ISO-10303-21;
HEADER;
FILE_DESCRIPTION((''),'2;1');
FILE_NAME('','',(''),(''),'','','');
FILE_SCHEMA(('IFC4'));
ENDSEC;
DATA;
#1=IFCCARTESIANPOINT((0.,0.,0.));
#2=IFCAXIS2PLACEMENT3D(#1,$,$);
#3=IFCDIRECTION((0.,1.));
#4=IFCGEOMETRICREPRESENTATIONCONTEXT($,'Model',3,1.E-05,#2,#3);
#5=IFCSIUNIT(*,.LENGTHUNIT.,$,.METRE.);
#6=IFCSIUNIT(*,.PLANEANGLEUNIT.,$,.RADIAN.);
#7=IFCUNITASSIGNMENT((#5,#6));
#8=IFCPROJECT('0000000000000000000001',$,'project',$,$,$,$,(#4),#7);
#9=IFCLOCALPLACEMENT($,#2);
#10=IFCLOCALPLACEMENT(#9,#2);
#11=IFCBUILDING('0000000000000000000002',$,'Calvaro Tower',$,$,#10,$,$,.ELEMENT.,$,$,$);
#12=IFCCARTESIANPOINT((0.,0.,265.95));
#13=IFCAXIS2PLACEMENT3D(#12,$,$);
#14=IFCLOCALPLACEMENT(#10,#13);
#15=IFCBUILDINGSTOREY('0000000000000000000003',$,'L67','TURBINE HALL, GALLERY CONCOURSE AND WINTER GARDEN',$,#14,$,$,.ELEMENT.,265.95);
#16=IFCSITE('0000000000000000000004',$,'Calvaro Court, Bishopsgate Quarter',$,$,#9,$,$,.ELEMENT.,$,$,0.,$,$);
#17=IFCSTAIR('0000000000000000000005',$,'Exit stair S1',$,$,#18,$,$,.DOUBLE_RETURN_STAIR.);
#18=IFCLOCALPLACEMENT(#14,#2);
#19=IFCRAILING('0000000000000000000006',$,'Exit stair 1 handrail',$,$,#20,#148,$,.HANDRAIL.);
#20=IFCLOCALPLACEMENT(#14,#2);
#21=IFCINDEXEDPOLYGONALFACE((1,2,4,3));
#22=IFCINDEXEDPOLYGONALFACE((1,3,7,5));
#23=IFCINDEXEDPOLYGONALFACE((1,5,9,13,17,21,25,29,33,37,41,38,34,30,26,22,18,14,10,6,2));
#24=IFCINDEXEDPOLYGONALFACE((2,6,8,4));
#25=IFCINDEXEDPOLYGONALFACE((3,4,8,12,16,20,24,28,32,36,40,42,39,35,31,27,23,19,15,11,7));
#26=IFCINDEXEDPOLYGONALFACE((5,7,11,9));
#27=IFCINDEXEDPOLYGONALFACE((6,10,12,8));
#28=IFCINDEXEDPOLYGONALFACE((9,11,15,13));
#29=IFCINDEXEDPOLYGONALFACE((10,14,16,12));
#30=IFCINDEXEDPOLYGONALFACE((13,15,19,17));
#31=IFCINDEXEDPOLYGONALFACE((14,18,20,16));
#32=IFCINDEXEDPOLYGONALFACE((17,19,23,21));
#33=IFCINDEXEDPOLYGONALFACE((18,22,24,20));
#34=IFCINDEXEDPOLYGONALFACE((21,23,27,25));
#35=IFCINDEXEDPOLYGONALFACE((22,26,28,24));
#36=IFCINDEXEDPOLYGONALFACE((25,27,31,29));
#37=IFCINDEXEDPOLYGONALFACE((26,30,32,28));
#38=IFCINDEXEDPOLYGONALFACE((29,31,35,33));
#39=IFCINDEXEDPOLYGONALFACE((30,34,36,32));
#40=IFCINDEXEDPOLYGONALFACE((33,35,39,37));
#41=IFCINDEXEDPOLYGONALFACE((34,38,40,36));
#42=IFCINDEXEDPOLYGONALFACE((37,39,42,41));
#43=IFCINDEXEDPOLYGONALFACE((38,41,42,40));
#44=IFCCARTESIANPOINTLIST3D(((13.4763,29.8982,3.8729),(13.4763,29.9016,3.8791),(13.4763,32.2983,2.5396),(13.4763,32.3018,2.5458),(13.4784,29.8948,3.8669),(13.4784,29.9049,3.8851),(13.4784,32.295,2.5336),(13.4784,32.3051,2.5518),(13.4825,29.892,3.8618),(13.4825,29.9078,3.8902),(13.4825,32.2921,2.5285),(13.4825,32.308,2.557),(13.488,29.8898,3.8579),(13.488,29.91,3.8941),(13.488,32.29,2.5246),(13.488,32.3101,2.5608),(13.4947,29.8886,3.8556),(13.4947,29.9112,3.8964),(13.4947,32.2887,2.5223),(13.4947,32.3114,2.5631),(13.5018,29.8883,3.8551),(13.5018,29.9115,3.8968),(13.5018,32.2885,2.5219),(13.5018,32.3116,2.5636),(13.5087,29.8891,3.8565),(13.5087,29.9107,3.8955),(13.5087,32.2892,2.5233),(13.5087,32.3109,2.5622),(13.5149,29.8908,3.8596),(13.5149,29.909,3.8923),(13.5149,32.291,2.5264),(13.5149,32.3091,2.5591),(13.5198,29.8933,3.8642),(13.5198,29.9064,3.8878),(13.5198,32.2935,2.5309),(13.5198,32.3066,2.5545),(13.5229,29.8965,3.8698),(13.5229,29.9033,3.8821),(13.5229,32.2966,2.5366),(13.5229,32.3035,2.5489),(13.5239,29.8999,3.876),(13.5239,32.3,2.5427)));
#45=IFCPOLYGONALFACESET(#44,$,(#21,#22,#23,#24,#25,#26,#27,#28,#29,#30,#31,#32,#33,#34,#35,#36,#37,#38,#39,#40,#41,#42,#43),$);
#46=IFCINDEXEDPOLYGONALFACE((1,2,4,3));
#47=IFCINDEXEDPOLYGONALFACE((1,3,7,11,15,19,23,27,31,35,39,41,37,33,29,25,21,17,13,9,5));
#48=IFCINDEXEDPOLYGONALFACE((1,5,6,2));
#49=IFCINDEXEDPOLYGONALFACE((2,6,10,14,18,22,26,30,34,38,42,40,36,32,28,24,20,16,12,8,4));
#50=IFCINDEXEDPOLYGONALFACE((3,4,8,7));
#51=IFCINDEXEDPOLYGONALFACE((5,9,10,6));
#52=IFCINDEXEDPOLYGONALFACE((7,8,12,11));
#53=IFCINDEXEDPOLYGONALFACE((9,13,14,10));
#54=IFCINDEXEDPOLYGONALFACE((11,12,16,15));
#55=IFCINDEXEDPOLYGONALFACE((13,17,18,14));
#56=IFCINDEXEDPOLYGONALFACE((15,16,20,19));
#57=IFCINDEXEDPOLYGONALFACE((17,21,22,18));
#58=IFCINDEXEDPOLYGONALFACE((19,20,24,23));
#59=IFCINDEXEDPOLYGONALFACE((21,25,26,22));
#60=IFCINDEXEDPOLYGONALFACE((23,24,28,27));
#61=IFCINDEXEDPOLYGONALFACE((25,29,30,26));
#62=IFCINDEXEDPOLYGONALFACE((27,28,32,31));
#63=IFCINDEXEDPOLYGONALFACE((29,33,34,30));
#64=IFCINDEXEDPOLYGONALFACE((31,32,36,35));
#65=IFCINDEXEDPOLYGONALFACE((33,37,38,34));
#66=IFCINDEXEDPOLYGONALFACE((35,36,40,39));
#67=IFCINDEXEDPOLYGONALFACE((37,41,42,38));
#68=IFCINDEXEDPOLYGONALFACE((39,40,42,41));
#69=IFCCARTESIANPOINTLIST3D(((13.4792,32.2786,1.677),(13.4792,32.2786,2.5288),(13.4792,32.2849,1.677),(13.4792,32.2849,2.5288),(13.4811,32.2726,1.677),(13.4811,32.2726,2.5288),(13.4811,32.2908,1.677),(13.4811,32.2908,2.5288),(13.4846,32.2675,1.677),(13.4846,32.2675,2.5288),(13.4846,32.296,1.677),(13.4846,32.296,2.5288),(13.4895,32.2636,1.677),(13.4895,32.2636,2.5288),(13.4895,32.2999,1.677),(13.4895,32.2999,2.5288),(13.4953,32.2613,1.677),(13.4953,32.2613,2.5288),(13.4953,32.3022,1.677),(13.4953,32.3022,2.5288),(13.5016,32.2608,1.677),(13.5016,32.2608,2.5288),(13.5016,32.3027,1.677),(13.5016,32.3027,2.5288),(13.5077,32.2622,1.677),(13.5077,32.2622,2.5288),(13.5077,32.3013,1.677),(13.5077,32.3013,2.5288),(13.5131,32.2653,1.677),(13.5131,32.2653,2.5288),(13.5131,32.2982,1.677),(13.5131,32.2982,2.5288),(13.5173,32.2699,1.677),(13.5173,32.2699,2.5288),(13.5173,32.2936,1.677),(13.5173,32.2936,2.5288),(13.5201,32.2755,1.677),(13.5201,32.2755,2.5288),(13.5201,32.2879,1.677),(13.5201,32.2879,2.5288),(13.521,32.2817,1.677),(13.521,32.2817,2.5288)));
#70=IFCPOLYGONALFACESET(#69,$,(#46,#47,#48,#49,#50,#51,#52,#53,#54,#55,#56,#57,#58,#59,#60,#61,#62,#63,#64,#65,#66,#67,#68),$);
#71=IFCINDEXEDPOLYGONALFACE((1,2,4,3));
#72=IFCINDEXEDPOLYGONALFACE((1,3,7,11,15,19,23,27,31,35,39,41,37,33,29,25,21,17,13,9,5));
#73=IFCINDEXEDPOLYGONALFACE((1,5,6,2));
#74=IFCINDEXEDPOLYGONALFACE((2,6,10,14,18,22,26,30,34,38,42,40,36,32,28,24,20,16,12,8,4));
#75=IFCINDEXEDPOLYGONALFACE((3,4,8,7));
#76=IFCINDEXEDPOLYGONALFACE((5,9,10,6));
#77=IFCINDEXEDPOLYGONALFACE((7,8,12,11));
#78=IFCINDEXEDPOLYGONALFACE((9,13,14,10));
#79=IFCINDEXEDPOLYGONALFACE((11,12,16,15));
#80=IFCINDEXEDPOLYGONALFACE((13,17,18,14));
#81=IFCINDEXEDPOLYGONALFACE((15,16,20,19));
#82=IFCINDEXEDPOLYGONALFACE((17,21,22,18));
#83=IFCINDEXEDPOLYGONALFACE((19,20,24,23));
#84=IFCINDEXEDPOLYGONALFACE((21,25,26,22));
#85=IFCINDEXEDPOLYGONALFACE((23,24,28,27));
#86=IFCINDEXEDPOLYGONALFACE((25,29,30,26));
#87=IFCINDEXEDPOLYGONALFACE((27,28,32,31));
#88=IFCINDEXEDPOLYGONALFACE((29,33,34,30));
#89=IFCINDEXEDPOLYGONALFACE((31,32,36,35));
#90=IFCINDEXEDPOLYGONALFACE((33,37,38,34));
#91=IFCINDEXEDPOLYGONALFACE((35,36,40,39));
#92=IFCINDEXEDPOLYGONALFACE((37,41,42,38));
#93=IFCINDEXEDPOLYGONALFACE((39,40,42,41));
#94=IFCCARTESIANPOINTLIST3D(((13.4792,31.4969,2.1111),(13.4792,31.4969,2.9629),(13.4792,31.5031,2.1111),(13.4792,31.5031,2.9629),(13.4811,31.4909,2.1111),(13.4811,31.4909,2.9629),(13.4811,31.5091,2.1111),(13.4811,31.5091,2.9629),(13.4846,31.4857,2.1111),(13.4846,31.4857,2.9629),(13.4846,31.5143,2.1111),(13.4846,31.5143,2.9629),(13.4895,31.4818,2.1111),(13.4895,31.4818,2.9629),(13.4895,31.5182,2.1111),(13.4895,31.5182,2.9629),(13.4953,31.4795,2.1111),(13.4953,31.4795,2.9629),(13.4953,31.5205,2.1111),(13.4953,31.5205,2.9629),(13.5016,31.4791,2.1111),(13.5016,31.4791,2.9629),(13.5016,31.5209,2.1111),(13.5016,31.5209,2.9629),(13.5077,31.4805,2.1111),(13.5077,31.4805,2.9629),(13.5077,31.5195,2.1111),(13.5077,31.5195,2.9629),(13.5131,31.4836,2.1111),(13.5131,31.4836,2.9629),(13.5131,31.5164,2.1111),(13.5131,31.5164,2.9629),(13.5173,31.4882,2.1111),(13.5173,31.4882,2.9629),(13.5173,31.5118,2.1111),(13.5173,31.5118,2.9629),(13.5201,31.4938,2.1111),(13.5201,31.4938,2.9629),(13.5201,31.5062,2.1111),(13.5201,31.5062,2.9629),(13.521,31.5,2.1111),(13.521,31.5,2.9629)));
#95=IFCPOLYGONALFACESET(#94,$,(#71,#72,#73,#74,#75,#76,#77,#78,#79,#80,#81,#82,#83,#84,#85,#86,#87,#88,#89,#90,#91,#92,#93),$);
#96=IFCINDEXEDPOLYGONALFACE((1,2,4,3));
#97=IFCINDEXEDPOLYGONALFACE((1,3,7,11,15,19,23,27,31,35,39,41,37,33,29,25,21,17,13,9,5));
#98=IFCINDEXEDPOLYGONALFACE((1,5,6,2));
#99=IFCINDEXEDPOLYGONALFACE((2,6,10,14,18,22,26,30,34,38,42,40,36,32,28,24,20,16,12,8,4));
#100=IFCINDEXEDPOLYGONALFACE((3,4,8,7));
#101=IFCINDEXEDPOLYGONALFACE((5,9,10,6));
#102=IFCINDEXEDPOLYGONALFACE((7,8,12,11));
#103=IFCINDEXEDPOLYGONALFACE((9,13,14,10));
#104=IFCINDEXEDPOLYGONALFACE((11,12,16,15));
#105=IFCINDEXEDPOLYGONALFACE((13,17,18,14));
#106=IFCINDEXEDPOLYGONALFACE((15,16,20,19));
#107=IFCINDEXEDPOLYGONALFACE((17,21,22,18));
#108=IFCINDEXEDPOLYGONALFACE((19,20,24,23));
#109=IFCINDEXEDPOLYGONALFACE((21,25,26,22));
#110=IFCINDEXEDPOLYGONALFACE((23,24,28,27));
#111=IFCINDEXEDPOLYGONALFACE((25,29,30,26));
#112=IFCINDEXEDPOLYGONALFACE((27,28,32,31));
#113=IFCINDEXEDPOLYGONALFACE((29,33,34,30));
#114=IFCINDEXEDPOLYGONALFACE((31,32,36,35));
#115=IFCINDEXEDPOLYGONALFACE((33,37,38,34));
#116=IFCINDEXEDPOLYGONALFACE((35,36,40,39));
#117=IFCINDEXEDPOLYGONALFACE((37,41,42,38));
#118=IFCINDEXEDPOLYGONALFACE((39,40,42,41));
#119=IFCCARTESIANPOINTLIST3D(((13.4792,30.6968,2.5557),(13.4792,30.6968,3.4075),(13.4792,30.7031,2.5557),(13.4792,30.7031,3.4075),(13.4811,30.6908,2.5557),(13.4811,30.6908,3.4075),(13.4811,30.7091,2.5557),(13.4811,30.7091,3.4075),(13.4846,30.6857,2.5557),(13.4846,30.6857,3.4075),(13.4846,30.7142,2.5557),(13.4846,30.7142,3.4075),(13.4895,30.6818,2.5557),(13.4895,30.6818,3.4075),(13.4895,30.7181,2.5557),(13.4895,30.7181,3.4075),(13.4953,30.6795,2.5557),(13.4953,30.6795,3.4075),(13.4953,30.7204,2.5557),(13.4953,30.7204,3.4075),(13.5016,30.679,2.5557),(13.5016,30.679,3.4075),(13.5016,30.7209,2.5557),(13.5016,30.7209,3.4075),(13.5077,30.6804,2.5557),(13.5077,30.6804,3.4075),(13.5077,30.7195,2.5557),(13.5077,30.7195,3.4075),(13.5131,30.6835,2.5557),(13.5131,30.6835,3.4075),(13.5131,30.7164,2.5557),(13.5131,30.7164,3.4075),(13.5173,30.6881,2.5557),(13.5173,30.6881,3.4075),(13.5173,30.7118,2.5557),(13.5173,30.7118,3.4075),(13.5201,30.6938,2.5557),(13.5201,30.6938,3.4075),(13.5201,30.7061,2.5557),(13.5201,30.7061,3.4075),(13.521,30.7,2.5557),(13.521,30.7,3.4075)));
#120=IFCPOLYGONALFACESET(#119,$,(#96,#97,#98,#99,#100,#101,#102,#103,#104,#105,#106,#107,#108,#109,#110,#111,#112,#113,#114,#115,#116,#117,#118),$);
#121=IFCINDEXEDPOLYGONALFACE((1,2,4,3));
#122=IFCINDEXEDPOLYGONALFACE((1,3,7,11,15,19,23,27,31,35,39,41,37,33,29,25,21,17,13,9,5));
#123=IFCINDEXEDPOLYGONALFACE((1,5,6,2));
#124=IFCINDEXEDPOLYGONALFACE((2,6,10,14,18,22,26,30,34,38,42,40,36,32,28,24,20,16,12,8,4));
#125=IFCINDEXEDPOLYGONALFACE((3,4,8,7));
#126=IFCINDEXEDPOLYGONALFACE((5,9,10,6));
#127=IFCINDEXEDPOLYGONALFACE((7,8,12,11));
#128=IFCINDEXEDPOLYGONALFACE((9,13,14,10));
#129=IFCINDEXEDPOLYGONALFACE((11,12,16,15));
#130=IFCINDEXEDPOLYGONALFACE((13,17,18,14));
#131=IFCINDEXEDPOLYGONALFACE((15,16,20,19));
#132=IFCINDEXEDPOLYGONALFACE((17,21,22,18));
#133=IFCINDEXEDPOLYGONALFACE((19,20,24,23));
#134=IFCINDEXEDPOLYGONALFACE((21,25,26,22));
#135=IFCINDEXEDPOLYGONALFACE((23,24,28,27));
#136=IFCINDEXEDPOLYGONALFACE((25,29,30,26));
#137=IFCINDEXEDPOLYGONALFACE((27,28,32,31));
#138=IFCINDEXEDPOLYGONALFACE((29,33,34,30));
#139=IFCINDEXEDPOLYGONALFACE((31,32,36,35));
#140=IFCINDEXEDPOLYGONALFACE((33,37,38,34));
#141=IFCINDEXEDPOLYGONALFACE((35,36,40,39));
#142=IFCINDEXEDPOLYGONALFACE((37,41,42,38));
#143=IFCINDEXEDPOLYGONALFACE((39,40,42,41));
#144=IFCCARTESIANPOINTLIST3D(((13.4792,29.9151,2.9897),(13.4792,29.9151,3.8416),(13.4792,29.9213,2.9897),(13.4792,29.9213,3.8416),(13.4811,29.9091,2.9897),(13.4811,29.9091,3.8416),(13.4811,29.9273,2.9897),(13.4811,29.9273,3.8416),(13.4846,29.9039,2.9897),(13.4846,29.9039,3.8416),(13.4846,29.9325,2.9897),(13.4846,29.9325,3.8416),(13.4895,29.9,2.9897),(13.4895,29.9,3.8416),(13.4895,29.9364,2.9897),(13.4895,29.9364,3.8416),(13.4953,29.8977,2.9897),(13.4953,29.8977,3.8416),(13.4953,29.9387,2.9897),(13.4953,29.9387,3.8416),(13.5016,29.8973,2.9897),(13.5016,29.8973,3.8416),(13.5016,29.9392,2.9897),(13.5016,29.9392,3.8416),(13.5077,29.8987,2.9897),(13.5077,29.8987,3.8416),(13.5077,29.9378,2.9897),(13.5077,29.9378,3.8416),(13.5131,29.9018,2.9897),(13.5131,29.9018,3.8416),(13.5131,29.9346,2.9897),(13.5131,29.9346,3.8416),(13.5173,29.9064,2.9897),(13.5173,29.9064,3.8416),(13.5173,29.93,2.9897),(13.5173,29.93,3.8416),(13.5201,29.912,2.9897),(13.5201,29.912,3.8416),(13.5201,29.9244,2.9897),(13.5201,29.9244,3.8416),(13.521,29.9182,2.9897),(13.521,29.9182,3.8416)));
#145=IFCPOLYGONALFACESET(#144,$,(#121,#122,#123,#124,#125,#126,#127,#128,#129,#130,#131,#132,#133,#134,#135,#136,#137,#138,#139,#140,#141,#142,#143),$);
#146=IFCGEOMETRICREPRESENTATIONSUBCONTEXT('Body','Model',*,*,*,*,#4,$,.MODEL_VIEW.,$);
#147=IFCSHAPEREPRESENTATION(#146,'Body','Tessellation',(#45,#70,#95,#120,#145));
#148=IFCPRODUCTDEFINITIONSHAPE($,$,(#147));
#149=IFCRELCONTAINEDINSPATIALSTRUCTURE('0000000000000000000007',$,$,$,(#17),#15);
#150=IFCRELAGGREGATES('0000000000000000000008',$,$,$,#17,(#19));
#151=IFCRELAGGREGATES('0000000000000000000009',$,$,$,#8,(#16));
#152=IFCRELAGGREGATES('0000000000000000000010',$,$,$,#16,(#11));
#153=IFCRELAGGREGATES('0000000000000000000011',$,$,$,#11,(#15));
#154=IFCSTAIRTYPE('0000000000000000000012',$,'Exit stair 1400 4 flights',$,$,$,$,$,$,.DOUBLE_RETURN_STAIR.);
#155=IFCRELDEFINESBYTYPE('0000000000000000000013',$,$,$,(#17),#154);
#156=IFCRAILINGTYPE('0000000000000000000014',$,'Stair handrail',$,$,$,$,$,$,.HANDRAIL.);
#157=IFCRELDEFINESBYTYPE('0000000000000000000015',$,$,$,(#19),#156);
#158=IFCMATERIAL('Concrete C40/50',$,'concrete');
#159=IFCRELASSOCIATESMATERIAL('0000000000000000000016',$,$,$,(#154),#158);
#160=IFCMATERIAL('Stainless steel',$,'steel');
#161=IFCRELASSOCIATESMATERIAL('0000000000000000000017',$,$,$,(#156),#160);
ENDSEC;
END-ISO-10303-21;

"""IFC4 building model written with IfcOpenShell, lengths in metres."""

from ifc_helpers import new_model, si_unit, direction, frame, origin, origin_2d, place, context, subcontext, project, spatial, circle, extrude, material, type_object, element, aggregate, save


model = new_model("IFC4")

# Units and contexts
model_context = context("Model", 3, precision=1e-05, world=origin(), true_north=direction((0.0, 1.0)))
body_context = subcontext(model_context, "Body", "Model", "MODEL_VIEW")
ifc_project = project(units=[si_unit("LENGTHUNIT", "METRE"), si_unit("PLANEANGLEUNIT", "RADIAN")], contexts=[model_context])

# Site, building, storey
site_placement = place(None, origin())
site = spatial("IfcSite", under=ifc_project, at=site_placement, Name="Calvaro Court, Bishopsgate Quarter", CompositionType="ELEMENT", RefElevation=0.0)
building_placement = place(site_placement, origin())
building = spatial("IfcBuilding", under=site, at=building_placement, Name="Calvaro Tower", CompositionType="ELEMENT")
storey_placement = place(building_placement, frame((0.0, 0.0, 265.95)))
storey = spatial("IfcBuildingStorey", under=building, at=storey_placement, Name="L67", Description="TURBINE HALL, GALLERY CONCOURSE AND WINTER GARDEN", CompositionType="ELEMENT", Elevation=265.95)

# Stair
ifc_material_1 = material(Name="Concrete C40/50", Category="concrete")
stair_type = type_object("IfcStairType", Name="Exit stair 1400 4 flights", PredefinedType="DOUBLE_RETURN_STAIR", material=ifc_material_1)
stair_placement = place(storey_placement, origin())
stair = element("IfcStair", 1, at=stair_placement, inside=storey, type_object=stair_type, Name="Exit stair S1", PredefinedType="DOUBLE_RETURN_STAIR")

# Railing
ifc_material_2 = material(Name="Stainless steel", Category="steel")
railing_type_1 = type_object("IfcRailingType", Name="Stair handrail", PredefinedType="HANDRAIL", material=ifc_material_2)
railing_1_placement = place(storey_placement, frame((13.5, 32.3, 1.6667)))
railing_1 = element("IfcRailing", 2, at=railing_1_placement, type_object=railing_type_1, Name="Exit stair 1 handrail", PredefinedType="HANDRAIL", context=body_context, shape_type="SweptSolid", body=[
    extrude(circle(Radius=0.0239, at=origin_2d()), frame((0.0, 0.0, 0.876), z_axis=(0.0, -0.874182, 0.485598), x_axis=(1.0, 0.0, 0.0)), (0.0, 0.0, 1.0), 2.7456),
    extrude(circle(Radius=0.021, at=origin_2d()), frame((0.0, -0.0183, 0.0103)), (0.0, 0.0, 1.0), 0.8518),
    extrude(circle(Radius=0.021, at=origin_2d()), frame((0.0, -0.8, 0.4443)), (0.0, 0.0, 1.0), 0.8518),
    extrude(circle(Radius=0.021, at=origin_2d()), frame((0.0, -1.6001, 0.8889)), (0.0, 0.0, 1.0), 0.8518),
    extrude(circle(Radius=0.021, at=origin_2d()), frame((0.0, -2.3818, 1.323)), (0.0, 0.0, 1.0), 0.8518),
])
aggregate(stair, [railing_1])

save(model, "model.ifc")
